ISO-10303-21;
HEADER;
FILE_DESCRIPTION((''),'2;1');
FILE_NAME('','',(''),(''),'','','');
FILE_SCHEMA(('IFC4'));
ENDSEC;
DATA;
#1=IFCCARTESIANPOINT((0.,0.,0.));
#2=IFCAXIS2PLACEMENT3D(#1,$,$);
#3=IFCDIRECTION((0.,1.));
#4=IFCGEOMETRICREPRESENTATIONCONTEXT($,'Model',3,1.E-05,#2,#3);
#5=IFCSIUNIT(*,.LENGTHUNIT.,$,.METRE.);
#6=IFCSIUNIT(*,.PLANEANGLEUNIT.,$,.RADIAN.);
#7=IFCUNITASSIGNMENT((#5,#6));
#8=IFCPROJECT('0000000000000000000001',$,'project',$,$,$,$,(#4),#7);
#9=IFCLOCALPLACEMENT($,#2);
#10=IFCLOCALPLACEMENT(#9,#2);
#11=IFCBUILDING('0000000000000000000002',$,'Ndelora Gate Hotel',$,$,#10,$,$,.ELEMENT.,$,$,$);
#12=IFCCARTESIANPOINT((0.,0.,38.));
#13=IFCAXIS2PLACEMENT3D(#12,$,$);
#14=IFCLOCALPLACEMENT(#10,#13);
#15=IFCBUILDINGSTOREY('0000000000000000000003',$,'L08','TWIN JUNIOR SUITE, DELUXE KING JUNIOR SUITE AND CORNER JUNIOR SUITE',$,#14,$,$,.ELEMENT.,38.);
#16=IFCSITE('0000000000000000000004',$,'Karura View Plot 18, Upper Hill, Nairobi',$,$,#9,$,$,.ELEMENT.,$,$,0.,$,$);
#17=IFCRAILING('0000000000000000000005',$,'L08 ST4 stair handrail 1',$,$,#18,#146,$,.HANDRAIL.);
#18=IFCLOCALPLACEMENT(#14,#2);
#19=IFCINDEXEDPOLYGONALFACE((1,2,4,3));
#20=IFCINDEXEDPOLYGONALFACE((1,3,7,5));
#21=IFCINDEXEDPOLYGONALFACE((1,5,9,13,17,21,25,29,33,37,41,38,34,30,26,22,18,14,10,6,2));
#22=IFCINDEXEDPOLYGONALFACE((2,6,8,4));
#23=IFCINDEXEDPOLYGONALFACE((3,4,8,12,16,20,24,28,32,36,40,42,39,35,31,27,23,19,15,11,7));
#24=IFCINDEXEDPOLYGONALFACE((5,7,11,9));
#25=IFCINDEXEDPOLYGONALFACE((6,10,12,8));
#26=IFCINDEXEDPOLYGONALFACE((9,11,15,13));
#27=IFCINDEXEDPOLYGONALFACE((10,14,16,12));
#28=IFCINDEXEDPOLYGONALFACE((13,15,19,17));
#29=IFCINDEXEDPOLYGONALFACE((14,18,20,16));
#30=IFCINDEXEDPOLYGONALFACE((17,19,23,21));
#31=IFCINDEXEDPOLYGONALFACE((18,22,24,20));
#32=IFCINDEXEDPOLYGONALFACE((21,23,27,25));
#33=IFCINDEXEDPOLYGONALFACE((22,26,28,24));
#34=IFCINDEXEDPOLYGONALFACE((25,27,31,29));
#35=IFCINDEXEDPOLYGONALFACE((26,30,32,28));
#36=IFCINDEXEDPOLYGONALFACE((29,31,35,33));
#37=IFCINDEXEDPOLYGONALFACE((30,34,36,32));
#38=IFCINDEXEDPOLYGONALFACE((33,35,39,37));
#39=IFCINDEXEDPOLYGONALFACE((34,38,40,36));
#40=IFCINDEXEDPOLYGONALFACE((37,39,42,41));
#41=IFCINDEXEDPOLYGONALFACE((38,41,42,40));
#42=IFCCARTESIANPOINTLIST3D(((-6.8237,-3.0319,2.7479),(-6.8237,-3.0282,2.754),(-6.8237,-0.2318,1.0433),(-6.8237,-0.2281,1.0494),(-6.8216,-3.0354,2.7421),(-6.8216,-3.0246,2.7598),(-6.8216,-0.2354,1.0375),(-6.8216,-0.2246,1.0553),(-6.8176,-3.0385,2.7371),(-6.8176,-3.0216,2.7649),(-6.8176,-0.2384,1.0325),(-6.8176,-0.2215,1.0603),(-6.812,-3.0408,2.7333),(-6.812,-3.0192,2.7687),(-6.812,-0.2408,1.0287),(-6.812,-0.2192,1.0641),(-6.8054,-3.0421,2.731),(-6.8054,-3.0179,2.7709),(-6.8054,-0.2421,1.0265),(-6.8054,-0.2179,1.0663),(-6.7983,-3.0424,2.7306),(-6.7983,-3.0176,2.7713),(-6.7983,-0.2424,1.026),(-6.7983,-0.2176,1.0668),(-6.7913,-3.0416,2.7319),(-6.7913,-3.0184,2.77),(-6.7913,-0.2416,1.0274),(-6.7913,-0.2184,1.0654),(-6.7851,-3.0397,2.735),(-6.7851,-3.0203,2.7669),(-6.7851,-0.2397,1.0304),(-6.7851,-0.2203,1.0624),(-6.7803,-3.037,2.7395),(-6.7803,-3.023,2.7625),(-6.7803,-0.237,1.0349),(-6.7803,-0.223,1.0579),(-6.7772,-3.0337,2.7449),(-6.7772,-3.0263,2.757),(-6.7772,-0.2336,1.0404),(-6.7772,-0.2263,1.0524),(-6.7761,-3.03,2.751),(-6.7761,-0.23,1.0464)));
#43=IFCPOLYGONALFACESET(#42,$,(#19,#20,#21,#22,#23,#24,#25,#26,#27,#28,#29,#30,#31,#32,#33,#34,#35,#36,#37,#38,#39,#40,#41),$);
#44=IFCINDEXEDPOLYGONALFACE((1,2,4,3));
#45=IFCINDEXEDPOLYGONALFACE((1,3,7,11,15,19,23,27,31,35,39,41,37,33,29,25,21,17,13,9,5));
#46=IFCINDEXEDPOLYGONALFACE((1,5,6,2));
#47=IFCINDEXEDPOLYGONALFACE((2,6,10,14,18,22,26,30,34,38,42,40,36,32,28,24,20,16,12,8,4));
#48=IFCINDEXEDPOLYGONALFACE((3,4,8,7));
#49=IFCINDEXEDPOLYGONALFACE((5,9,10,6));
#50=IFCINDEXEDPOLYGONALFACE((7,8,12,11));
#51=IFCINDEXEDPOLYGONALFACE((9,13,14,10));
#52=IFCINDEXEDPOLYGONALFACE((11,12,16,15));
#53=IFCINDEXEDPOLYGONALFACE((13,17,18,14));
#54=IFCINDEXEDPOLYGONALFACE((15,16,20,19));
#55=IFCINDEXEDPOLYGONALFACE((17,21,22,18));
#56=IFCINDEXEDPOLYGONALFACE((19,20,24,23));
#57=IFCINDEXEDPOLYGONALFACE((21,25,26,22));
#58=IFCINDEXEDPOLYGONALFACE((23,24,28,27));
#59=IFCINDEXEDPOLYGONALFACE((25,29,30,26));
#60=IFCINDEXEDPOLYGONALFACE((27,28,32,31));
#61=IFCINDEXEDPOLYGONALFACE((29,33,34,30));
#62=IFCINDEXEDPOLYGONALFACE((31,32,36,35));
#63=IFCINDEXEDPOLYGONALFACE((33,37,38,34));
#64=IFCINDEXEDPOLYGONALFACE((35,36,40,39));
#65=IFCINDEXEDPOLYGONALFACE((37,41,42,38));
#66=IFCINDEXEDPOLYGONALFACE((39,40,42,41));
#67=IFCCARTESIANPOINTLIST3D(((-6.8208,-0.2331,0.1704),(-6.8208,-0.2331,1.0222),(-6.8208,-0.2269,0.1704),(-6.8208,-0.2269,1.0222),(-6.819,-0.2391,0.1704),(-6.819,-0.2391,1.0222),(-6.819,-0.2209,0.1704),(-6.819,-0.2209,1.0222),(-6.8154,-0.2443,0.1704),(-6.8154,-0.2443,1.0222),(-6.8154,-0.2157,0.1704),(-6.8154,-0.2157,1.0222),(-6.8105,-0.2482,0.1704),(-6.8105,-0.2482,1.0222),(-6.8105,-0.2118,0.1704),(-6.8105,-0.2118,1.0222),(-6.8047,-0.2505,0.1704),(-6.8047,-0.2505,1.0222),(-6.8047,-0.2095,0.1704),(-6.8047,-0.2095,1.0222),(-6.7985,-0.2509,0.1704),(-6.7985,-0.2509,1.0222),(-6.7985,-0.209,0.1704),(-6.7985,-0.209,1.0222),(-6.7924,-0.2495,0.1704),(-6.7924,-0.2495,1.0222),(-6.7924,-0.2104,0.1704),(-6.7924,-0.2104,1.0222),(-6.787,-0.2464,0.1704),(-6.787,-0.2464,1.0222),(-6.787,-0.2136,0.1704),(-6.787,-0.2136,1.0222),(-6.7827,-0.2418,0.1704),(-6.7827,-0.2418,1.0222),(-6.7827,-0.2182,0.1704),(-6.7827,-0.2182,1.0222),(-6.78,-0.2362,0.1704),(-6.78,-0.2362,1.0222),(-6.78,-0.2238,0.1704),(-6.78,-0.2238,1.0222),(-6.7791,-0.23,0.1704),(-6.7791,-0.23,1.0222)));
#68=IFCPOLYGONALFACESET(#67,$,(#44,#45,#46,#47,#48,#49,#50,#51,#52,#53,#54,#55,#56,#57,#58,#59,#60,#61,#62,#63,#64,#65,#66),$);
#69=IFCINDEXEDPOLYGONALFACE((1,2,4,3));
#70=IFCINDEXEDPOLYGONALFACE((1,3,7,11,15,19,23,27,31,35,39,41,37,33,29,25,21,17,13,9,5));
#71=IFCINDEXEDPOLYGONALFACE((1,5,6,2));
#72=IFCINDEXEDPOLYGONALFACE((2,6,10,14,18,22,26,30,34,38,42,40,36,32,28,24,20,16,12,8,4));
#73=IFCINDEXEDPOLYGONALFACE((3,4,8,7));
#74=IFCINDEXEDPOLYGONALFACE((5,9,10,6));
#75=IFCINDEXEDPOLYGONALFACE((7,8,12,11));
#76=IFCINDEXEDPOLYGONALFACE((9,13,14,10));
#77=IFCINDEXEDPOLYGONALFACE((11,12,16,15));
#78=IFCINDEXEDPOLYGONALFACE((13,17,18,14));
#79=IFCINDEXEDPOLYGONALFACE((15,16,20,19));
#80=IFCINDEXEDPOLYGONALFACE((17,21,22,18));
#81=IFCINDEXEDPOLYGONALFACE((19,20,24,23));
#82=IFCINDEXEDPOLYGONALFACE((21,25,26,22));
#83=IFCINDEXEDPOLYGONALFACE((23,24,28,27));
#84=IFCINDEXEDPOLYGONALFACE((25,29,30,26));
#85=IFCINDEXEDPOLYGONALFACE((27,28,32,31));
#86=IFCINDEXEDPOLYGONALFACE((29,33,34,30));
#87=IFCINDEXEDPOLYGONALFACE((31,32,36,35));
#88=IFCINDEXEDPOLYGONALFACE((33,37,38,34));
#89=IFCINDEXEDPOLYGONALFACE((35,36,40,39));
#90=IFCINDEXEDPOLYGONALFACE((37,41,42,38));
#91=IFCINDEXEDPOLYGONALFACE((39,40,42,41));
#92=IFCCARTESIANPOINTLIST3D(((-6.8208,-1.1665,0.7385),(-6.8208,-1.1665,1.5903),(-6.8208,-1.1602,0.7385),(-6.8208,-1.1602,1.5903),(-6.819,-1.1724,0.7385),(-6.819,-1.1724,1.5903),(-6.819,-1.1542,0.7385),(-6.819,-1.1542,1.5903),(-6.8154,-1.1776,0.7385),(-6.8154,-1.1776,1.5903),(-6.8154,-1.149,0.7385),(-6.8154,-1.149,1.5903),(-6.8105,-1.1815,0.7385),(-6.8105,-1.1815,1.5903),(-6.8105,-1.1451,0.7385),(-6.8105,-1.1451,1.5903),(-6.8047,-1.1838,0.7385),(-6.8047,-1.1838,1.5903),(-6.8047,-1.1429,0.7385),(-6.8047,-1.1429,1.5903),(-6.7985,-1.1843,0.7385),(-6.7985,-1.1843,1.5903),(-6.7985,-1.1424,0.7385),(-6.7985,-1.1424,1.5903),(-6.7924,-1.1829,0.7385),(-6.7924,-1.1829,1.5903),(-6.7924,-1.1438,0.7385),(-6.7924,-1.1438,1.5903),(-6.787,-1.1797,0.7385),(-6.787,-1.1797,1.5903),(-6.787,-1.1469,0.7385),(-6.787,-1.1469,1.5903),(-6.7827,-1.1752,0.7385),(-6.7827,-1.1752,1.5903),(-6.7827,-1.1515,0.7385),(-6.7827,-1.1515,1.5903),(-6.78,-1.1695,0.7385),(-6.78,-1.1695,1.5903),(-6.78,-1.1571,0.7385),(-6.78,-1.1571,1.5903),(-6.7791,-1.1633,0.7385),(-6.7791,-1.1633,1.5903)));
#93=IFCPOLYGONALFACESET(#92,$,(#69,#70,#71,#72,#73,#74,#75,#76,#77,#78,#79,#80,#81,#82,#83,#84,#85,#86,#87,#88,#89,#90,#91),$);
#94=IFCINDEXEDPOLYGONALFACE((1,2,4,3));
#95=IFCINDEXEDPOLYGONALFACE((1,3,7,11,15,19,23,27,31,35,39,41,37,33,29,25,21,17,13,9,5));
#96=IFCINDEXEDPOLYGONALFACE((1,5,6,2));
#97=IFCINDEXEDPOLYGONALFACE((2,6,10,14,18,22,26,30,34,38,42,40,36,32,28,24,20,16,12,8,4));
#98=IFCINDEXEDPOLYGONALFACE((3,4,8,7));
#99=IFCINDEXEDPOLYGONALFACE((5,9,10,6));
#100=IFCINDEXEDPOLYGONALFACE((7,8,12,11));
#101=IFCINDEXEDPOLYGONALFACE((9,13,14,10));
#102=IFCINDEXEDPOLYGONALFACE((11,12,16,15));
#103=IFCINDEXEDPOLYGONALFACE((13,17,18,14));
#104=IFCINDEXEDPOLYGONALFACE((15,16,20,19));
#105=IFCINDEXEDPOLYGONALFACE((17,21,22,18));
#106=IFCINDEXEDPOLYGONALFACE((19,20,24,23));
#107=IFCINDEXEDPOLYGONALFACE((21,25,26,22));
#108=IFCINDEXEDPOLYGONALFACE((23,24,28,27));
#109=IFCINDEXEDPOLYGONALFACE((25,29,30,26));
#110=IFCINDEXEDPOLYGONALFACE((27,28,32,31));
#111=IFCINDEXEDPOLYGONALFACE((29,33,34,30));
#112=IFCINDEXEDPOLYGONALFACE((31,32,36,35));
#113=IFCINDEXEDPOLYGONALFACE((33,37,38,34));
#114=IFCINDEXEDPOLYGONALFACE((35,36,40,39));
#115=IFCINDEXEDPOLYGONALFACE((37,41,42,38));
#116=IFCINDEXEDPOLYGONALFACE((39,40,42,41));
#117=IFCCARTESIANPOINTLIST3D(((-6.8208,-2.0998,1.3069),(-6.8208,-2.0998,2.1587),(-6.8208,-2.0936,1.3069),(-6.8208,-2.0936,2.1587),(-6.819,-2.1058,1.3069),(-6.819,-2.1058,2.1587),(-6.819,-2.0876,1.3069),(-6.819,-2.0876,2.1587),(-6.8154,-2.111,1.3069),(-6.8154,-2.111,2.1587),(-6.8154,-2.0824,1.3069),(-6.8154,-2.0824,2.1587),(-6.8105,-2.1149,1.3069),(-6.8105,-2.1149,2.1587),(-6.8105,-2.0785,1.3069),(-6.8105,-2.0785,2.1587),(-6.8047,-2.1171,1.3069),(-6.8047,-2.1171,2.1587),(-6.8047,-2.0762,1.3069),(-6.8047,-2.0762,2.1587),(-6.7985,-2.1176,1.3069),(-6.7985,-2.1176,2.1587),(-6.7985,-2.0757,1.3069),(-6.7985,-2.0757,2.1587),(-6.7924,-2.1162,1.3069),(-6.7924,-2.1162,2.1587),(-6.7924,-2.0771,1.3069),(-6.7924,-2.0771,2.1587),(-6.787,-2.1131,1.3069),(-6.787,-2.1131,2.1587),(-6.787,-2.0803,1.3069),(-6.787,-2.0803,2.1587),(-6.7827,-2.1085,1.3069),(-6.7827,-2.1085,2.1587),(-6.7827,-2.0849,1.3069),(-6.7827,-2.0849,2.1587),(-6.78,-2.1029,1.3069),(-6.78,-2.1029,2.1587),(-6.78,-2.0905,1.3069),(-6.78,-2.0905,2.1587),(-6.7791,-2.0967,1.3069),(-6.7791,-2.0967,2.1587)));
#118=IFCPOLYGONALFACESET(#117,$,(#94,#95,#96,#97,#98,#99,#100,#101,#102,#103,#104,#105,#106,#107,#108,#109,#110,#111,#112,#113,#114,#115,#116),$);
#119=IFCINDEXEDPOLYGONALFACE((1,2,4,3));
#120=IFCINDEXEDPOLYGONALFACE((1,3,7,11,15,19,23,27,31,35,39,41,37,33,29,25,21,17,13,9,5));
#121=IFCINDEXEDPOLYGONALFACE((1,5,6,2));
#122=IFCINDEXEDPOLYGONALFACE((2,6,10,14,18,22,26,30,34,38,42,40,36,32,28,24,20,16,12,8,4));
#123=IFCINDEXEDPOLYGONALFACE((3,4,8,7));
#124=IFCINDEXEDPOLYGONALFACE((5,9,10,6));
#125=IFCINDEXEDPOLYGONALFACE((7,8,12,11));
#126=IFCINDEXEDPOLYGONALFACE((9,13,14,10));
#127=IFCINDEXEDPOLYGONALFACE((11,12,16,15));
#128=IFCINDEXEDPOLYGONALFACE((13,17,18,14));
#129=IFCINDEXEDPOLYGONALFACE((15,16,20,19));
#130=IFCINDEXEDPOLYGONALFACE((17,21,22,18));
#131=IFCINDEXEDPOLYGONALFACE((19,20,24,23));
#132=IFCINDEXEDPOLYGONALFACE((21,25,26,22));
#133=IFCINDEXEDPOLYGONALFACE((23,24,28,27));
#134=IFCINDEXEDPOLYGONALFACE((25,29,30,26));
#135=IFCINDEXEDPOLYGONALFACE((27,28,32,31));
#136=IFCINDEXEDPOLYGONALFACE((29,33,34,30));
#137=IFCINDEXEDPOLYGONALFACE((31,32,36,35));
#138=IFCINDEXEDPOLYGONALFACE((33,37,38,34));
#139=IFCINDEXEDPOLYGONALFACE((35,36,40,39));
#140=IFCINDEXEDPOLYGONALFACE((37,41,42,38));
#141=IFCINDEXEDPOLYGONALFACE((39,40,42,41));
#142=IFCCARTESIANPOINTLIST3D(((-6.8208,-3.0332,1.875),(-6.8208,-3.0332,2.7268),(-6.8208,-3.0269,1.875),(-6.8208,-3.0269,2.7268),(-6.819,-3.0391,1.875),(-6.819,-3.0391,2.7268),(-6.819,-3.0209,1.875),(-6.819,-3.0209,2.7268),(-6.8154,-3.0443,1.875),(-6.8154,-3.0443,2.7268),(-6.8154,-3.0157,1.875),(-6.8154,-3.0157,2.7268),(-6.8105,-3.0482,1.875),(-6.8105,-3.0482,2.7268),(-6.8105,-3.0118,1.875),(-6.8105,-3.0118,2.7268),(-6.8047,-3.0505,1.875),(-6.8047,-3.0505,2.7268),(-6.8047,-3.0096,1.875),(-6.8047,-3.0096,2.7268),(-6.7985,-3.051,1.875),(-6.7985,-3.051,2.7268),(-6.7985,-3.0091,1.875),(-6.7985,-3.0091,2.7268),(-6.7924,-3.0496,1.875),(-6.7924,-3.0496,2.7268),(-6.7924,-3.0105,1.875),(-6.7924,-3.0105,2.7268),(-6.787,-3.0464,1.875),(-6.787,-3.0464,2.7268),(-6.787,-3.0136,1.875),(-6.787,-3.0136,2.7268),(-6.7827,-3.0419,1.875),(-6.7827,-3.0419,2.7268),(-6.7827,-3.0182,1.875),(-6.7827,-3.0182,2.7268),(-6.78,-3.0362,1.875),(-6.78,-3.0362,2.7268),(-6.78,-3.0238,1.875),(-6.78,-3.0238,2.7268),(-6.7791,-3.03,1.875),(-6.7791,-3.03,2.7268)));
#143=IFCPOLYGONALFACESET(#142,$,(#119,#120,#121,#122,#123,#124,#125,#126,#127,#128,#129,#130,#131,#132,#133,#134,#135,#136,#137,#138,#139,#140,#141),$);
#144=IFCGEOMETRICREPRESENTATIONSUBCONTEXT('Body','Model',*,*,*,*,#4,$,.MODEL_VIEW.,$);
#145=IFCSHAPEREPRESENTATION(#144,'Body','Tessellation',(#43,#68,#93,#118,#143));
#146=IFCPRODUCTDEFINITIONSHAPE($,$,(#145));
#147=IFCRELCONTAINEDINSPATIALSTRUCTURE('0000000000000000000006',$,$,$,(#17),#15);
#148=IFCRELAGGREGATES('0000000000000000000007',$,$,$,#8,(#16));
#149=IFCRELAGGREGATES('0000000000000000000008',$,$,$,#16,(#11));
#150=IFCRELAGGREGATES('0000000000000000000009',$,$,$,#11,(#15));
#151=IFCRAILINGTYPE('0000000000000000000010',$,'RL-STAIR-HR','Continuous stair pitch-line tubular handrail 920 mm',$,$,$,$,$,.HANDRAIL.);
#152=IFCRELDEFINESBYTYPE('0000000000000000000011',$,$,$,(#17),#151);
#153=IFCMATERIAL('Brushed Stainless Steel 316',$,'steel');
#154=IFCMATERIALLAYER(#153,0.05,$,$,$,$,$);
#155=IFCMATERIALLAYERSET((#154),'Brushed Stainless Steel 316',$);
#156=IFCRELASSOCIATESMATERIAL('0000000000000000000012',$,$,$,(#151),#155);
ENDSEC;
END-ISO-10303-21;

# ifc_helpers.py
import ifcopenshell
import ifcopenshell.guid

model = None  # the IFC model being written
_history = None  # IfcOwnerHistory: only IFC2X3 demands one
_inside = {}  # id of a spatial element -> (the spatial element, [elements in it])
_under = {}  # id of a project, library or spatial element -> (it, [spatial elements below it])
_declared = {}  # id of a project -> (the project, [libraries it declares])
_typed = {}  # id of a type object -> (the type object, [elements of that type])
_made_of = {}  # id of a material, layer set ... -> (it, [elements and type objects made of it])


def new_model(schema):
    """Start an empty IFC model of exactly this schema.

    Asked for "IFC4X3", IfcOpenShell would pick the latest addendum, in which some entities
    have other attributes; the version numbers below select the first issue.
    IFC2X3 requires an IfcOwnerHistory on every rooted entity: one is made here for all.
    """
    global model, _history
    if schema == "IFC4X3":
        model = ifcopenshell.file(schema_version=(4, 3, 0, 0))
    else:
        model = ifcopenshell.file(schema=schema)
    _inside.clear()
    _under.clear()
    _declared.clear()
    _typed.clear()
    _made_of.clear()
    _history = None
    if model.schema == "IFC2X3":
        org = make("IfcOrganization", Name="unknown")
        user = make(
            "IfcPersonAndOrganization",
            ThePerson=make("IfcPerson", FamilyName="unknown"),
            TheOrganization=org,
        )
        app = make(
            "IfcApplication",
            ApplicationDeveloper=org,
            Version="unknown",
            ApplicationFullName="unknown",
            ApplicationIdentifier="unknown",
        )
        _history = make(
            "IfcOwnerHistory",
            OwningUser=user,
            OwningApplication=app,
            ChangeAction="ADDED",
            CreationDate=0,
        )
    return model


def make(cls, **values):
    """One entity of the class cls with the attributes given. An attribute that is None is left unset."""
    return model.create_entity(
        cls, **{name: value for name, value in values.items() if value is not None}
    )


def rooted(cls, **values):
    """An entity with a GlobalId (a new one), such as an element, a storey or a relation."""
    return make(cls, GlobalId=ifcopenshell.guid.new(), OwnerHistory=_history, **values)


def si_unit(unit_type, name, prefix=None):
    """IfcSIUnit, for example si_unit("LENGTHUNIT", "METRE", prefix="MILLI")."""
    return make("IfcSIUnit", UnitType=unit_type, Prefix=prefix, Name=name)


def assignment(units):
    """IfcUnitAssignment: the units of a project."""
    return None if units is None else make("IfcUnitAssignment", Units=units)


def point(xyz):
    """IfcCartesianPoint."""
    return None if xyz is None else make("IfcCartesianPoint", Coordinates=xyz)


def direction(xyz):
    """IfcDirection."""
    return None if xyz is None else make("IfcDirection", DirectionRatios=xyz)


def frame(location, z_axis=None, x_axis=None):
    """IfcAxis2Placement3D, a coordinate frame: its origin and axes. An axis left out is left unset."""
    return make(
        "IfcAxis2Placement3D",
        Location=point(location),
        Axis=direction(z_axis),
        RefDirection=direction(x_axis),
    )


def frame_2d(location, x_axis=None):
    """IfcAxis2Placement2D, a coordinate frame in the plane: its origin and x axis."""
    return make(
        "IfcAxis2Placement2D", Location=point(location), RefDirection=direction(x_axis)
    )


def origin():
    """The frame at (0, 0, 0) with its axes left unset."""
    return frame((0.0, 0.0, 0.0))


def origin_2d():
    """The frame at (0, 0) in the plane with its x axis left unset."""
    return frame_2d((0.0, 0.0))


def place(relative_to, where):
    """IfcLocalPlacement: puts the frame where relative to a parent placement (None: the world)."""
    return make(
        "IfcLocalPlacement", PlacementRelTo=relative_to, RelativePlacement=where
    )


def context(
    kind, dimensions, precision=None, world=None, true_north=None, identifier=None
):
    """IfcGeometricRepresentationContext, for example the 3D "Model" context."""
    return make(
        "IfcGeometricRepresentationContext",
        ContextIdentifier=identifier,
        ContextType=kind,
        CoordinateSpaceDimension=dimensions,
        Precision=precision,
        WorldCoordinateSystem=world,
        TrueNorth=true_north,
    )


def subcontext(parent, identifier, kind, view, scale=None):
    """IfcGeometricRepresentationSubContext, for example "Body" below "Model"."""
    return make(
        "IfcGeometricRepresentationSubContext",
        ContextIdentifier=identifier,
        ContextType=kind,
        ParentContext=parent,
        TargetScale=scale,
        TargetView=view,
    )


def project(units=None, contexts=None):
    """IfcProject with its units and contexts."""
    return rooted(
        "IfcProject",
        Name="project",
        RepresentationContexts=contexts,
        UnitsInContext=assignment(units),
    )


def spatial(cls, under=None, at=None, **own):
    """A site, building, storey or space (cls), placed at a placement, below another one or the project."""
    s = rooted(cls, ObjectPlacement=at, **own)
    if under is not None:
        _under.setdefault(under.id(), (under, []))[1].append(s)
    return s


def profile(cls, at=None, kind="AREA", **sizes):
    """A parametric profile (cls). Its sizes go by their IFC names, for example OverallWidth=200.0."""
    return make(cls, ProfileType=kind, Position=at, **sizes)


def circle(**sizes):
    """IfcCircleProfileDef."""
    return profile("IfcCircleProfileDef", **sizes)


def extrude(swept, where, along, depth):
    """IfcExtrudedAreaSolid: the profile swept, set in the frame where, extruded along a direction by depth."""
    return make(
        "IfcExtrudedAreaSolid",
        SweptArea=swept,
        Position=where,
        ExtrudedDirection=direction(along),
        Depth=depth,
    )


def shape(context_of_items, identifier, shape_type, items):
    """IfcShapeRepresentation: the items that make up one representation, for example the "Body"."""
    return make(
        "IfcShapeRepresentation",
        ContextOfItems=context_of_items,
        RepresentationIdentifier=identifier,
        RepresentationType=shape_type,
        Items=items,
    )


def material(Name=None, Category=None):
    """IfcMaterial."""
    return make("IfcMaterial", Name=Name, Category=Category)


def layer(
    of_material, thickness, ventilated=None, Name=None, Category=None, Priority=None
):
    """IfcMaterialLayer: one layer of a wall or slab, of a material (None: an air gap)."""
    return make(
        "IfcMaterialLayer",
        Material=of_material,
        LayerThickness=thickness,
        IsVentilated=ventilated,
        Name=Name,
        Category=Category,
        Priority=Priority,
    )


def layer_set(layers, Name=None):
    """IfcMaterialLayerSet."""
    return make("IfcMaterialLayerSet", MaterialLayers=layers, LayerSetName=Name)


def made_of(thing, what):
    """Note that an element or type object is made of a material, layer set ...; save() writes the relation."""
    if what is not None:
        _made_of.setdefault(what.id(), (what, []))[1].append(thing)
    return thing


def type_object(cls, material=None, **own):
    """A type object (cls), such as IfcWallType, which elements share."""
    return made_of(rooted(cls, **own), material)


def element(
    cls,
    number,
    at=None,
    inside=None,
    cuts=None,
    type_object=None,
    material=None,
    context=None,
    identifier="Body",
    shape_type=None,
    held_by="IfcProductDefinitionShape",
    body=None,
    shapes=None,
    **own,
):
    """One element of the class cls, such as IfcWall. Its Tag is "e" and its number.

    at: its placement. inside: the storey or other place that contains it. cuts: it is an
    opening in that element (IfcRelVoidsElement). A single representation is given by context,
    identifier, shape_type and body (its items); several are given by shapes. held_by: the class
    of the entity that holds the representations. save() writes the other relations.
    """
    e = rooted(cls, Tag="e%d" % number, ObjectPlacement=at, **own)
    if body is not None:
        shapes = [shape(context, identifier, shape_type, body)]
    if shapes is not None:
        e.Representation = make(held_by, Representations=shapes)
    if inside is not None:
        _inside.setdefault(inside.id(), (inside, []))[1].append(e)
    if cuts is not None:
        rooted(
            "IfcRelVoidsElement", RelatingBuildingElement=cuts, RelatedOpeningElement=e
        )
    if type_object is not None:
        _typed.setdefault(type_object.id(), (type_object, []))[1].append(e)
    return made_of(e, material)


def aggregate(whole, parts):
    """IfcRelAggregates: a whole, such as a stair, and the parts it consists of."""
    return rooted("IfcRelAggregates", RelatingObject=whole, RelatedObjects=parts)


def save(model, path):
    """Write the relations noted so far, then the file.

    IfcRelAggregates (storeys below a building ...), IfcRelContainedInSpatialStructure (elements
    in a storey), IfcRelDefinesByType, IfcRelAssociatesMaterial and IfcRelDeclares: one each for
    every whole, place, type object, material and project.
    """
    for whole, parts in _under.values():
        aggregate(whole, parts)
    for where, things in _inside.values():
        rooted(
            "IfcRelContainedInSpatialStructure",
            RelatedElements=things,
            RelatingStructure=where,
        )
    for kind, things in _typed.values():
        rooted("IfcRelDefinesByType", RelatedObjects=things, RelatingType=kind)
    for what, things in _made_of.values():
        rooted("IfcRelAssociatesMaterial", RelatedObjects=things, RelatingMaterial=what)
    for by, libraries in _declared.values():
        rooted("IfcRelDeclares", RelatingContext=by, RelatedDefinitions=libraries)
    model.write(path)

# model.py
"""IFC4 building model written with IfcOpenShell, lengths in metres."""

from ifc_helpers import new_model, si_unit, direction, frame, origin, origin_2d, place, context, subcontext, project, spatial, circle, extrude, material, layer, layer_set, type_object, element, save


model = new_model("IFC4")

# Units and contexts
model_context = context("Model", 3, precision=1e-05, world=origin(), true_north=direction((0.0, 1.0)))
body_context = subcontext(model_context, "Body", "Model", "MODEL_VIEW")
ifc_project = project(units=[si_unit("LENGTHUNIT", "METRE"), si_unit("PLANEANGLEUNIT", "RADIAN")], contexts=[model_context])

# Site, building, storey
site_placement = place(None, origin())
site = spatial("IfcSite", under=ifc_project, at=site_placement, Name="Karura View Plot 18, Upper Hill, Nairobi", CompositionType="ELEMENT", RefElevation=0.0)
building_placement = place(site_placement, origin())
building = spatial("IfcBuilding", under=site, at=building_placement, Name="Ndelora Gate Hotel", CompositionType="ELEMENT")
storey_placement = place(building_placement, frame((0.0, 0.0, 38.0)))
storey = spatial("IfcBuildingStorey", under=building, at=storey_placement, Name="L08", Description="TWIN JUNIOR SUITE, DELUXE KING JUNIOR SUITE AND CORNER JUNIOR SUITE", CompositionType="ELEMENT", Elevation=38.0)

# Railing
ifc_material_1 = material(Name="Brushed Stainless Steel 316", Category="steel")
ifc_layer_1 = layer(ifc_material_1, 0.05)
ifc_layer_set_1 = layer_set([ifc_layer_1], Name="Brushed Stainless Steel 316")
railing_type_1 = type_object("IfcRailingType", Name="RL-STAIR-HR", Description="Continuous stair pitch-line tubular handrail 920 mm", PredefinedType="HANDRAIL", material=ifc_layer_set_1)
railing_1_placement = place(storey_placement, frame((-6.8, -0.23, 0.1704)))
element("IfcRailing", 1, at=railing_1_placement, inside=storey, type_object=railing_type_1, Name="L08 ST4 stair handrail 1", PredefinedType="HANDRAIL", context=body_context, shape_type="SweptSolid", body=[
    extrude(circle(Radius=0.0239, at=origin_2d()), frame((0.0, 0.0, 0.876), z_axis=(0.0, -0.85417, 0.519994), x_axis=(1.0, 0.0, 0.0)), (0.0, 0.0, 1.0), 3.2781),
    extrude(circle(Radius=0.021, at=origin_2d()), origin(), (0.0, 0.0, 1.0), 0.8518),
    extrude(circle(Radius=0.021, at=origin_2d()), frame((0.0, -0.9333, 0.5681)), (0.0, 0.0, 1.0), 0.8518),
    extrude(circle(Radius=0.021, at=origin_2d()), frame((0.0, -1.8667, 1.1365)), (0.0, 0.0, 1.0), 0.8518),
    extrude(circle(Radius=0.021, at=origin_2d()), frame((0.0, -2.8, 1.7046)), (0.0, 0.0, 1.0), 0.8518),
])

save(model, "model.ifc")
